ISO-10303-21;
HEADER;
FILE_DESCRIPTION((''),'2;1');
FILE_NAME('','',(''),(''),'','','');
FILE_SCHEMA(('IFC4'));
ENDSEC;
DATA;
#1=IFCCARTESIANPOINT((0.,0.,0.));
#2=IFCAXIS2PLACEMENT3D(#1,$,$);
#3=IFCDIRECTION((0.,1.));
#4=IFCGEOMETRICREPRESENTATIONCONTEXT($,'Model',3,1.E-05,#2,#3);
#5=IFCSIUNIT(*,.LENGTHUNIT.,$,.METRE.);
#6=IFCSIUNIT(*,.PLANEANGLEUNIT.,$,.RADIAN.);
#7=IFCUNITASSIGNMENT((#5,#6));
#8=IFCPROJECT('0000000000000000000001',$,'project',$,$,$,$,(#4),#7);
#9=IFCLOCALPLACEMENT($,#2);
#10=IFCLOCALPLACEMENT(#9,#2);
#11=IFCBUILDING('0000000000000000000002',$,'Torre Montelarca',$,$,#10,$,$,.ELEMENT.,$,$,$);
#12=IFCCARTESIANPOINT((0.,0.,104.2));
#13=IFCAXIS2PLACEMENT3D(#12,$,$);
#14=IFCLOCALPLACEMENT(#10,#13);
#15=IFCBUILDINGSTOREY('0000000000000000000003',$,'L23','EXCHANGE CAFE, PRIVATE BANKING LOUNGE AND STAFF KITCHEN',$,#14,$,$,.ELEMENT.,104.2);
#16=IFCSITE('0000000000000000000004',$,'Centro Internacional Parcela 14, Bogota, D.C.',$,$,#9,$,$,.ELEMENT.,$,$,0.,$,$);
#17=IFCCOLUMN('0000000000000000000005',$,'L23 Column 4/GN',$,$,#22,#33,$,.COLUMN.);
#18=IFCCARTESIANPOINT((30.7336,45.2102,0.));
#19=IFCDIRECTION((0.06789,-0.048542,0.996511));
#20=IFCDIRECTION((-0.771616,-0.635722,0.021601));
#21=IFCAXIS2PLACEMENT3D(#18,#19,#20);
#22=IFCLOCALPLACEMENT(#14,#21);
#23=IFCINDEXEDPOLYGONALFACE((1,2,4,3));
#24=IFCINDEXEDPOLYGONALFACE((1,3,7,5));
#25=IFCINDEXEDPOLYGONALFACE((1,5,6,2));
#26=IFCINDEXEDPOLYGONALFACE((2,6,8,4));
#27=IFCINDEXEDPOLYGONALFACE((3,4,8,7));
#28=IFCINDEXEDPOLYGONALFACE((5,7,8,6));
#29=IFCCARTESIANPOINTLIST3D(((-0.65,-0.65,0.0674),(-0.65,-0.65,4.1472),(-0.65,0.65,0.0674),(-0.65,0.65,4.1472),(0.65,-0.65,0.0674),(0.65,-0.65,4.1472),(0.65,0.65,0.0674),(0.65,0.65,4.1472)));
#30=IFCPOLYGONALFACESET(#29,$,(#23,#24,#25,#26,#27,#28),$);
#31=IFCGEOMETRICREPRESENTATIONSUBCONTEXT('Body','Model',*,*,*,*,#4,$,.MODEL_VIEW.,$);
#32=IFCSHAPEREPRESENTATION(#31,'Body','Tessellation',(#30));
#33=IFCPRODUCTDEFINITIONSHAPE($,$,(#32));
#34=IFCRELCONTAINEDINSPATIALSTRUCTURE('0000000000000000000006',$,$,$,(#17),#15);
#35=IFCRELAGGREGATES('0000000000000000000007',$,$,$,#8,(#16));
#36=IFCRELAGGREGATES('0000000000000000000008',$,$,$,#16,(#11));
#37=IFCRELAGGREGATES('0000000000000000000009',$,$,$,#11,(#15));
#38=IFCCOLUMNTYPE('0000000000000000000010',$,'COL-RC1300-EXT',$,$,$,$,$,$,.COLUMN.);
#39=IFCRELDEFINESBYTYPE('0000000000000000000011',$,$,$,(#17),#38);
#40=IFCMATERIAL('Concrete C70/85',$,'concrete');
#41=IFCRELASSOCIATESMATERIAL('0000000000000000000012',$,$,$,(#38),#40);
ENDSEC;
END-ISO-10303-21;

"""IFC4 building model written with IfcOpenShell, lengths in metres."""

from ifc_helpers import new_model, si_unit, direction, frame, origin, origin_2d, place, context, subcontext, project, spatial, rectangle, extrude, clip, halfspace, material, material_profile, profile_set, type_object, element, save


model = new_model("IFC4")

# Units and contexts
model_context = context("Model", 3, precision=1e-05, world=origin(), true_north=direction((0.0, 1.0)))
body_context = subcontext(model_context, "Body", "Model", "MODEL_VIEW")
ifc_project = project(units=[si_unit("LENGTHUNIT", "METRE"), si_unit("PLANEANGLEUNIT", "RADIAN")], contexts=[model_context])

# Site, building, storey
site_placement = place(None, origin())
site = spatial("IfcSite", under=ifc_project, at=site_placement, Name="Centro Internacional Parcela 14, Bogota, D.C.", CompositionType="ELEMENT", RefElevation=0.0)
building_placement = place(site_placement, origin())
building = spatial("IfcBuilding", under=site, at=building_placement, Name="Torre Montelarca", CompositionType="ELEMENT")
storey_placement = place(building_placement, frame((0.0, 0.0, 104.2)))
storey = spatial("IfcBuildingStorey", under=building, at=storey_placement, Name="L23", Description="EXCHANGE CAFE, PRIVATE BANKING LOUNGE AND STAFF KITCHEN", CompositionType="ELEMENT", Elevation=104.2)

# Column
ifc_material_1 = material(Name="Concrete C70/85", Category="concrete")
ifc_material_profile_1 = material_profile(ifc_material_1, rectangle(XDim=1.3, YDim=1.3, at=origin_2d()), Name="RC1300X1300", Category="concrete")
ifc_profile_set_1 = profile_set([ifc_material_profile_1], Name="Concrete C70/85")
column_type = type_object("IfcColumnType", Name="COL-RC1300-EXT", PredefinedType="COLUMN", material=ifc_profile_set_1)
column_placement = place(storey_placement, frame((30.7336, 45.2102, 0.0), z_axis=(0.06789, -0.048542, 0.996511), x_axis=(-0.771616, -0.635722, 0.021601)))
element("IfcColumn", 1, at=column_placement, inside=storey, type_object=column_type, Name="L23 Column 4/GN", PredefinedType="COLUMN", context=body_context, shape_type="Clipping", body=[
    clip(clip(extrude(rectangle(XDim=1.3, YDim=1.3, at=origin_2d()), origin(), (0.0, 0.0, 1.0), 4.2146), halfspace(frame((0.0, 0.0, 0.0674), z_axis=(0.0, 0.0, -1.0), x_axis=(1.0, 0.0, 0.0)), False)), halfspace(frame((0.0, 0.0, 4.1472), z_axis=(0.0, 0.0, 1.0), x_axis=(1.0, 0.0, 0.0)), False)),
])

save(model, "model.ifc")
